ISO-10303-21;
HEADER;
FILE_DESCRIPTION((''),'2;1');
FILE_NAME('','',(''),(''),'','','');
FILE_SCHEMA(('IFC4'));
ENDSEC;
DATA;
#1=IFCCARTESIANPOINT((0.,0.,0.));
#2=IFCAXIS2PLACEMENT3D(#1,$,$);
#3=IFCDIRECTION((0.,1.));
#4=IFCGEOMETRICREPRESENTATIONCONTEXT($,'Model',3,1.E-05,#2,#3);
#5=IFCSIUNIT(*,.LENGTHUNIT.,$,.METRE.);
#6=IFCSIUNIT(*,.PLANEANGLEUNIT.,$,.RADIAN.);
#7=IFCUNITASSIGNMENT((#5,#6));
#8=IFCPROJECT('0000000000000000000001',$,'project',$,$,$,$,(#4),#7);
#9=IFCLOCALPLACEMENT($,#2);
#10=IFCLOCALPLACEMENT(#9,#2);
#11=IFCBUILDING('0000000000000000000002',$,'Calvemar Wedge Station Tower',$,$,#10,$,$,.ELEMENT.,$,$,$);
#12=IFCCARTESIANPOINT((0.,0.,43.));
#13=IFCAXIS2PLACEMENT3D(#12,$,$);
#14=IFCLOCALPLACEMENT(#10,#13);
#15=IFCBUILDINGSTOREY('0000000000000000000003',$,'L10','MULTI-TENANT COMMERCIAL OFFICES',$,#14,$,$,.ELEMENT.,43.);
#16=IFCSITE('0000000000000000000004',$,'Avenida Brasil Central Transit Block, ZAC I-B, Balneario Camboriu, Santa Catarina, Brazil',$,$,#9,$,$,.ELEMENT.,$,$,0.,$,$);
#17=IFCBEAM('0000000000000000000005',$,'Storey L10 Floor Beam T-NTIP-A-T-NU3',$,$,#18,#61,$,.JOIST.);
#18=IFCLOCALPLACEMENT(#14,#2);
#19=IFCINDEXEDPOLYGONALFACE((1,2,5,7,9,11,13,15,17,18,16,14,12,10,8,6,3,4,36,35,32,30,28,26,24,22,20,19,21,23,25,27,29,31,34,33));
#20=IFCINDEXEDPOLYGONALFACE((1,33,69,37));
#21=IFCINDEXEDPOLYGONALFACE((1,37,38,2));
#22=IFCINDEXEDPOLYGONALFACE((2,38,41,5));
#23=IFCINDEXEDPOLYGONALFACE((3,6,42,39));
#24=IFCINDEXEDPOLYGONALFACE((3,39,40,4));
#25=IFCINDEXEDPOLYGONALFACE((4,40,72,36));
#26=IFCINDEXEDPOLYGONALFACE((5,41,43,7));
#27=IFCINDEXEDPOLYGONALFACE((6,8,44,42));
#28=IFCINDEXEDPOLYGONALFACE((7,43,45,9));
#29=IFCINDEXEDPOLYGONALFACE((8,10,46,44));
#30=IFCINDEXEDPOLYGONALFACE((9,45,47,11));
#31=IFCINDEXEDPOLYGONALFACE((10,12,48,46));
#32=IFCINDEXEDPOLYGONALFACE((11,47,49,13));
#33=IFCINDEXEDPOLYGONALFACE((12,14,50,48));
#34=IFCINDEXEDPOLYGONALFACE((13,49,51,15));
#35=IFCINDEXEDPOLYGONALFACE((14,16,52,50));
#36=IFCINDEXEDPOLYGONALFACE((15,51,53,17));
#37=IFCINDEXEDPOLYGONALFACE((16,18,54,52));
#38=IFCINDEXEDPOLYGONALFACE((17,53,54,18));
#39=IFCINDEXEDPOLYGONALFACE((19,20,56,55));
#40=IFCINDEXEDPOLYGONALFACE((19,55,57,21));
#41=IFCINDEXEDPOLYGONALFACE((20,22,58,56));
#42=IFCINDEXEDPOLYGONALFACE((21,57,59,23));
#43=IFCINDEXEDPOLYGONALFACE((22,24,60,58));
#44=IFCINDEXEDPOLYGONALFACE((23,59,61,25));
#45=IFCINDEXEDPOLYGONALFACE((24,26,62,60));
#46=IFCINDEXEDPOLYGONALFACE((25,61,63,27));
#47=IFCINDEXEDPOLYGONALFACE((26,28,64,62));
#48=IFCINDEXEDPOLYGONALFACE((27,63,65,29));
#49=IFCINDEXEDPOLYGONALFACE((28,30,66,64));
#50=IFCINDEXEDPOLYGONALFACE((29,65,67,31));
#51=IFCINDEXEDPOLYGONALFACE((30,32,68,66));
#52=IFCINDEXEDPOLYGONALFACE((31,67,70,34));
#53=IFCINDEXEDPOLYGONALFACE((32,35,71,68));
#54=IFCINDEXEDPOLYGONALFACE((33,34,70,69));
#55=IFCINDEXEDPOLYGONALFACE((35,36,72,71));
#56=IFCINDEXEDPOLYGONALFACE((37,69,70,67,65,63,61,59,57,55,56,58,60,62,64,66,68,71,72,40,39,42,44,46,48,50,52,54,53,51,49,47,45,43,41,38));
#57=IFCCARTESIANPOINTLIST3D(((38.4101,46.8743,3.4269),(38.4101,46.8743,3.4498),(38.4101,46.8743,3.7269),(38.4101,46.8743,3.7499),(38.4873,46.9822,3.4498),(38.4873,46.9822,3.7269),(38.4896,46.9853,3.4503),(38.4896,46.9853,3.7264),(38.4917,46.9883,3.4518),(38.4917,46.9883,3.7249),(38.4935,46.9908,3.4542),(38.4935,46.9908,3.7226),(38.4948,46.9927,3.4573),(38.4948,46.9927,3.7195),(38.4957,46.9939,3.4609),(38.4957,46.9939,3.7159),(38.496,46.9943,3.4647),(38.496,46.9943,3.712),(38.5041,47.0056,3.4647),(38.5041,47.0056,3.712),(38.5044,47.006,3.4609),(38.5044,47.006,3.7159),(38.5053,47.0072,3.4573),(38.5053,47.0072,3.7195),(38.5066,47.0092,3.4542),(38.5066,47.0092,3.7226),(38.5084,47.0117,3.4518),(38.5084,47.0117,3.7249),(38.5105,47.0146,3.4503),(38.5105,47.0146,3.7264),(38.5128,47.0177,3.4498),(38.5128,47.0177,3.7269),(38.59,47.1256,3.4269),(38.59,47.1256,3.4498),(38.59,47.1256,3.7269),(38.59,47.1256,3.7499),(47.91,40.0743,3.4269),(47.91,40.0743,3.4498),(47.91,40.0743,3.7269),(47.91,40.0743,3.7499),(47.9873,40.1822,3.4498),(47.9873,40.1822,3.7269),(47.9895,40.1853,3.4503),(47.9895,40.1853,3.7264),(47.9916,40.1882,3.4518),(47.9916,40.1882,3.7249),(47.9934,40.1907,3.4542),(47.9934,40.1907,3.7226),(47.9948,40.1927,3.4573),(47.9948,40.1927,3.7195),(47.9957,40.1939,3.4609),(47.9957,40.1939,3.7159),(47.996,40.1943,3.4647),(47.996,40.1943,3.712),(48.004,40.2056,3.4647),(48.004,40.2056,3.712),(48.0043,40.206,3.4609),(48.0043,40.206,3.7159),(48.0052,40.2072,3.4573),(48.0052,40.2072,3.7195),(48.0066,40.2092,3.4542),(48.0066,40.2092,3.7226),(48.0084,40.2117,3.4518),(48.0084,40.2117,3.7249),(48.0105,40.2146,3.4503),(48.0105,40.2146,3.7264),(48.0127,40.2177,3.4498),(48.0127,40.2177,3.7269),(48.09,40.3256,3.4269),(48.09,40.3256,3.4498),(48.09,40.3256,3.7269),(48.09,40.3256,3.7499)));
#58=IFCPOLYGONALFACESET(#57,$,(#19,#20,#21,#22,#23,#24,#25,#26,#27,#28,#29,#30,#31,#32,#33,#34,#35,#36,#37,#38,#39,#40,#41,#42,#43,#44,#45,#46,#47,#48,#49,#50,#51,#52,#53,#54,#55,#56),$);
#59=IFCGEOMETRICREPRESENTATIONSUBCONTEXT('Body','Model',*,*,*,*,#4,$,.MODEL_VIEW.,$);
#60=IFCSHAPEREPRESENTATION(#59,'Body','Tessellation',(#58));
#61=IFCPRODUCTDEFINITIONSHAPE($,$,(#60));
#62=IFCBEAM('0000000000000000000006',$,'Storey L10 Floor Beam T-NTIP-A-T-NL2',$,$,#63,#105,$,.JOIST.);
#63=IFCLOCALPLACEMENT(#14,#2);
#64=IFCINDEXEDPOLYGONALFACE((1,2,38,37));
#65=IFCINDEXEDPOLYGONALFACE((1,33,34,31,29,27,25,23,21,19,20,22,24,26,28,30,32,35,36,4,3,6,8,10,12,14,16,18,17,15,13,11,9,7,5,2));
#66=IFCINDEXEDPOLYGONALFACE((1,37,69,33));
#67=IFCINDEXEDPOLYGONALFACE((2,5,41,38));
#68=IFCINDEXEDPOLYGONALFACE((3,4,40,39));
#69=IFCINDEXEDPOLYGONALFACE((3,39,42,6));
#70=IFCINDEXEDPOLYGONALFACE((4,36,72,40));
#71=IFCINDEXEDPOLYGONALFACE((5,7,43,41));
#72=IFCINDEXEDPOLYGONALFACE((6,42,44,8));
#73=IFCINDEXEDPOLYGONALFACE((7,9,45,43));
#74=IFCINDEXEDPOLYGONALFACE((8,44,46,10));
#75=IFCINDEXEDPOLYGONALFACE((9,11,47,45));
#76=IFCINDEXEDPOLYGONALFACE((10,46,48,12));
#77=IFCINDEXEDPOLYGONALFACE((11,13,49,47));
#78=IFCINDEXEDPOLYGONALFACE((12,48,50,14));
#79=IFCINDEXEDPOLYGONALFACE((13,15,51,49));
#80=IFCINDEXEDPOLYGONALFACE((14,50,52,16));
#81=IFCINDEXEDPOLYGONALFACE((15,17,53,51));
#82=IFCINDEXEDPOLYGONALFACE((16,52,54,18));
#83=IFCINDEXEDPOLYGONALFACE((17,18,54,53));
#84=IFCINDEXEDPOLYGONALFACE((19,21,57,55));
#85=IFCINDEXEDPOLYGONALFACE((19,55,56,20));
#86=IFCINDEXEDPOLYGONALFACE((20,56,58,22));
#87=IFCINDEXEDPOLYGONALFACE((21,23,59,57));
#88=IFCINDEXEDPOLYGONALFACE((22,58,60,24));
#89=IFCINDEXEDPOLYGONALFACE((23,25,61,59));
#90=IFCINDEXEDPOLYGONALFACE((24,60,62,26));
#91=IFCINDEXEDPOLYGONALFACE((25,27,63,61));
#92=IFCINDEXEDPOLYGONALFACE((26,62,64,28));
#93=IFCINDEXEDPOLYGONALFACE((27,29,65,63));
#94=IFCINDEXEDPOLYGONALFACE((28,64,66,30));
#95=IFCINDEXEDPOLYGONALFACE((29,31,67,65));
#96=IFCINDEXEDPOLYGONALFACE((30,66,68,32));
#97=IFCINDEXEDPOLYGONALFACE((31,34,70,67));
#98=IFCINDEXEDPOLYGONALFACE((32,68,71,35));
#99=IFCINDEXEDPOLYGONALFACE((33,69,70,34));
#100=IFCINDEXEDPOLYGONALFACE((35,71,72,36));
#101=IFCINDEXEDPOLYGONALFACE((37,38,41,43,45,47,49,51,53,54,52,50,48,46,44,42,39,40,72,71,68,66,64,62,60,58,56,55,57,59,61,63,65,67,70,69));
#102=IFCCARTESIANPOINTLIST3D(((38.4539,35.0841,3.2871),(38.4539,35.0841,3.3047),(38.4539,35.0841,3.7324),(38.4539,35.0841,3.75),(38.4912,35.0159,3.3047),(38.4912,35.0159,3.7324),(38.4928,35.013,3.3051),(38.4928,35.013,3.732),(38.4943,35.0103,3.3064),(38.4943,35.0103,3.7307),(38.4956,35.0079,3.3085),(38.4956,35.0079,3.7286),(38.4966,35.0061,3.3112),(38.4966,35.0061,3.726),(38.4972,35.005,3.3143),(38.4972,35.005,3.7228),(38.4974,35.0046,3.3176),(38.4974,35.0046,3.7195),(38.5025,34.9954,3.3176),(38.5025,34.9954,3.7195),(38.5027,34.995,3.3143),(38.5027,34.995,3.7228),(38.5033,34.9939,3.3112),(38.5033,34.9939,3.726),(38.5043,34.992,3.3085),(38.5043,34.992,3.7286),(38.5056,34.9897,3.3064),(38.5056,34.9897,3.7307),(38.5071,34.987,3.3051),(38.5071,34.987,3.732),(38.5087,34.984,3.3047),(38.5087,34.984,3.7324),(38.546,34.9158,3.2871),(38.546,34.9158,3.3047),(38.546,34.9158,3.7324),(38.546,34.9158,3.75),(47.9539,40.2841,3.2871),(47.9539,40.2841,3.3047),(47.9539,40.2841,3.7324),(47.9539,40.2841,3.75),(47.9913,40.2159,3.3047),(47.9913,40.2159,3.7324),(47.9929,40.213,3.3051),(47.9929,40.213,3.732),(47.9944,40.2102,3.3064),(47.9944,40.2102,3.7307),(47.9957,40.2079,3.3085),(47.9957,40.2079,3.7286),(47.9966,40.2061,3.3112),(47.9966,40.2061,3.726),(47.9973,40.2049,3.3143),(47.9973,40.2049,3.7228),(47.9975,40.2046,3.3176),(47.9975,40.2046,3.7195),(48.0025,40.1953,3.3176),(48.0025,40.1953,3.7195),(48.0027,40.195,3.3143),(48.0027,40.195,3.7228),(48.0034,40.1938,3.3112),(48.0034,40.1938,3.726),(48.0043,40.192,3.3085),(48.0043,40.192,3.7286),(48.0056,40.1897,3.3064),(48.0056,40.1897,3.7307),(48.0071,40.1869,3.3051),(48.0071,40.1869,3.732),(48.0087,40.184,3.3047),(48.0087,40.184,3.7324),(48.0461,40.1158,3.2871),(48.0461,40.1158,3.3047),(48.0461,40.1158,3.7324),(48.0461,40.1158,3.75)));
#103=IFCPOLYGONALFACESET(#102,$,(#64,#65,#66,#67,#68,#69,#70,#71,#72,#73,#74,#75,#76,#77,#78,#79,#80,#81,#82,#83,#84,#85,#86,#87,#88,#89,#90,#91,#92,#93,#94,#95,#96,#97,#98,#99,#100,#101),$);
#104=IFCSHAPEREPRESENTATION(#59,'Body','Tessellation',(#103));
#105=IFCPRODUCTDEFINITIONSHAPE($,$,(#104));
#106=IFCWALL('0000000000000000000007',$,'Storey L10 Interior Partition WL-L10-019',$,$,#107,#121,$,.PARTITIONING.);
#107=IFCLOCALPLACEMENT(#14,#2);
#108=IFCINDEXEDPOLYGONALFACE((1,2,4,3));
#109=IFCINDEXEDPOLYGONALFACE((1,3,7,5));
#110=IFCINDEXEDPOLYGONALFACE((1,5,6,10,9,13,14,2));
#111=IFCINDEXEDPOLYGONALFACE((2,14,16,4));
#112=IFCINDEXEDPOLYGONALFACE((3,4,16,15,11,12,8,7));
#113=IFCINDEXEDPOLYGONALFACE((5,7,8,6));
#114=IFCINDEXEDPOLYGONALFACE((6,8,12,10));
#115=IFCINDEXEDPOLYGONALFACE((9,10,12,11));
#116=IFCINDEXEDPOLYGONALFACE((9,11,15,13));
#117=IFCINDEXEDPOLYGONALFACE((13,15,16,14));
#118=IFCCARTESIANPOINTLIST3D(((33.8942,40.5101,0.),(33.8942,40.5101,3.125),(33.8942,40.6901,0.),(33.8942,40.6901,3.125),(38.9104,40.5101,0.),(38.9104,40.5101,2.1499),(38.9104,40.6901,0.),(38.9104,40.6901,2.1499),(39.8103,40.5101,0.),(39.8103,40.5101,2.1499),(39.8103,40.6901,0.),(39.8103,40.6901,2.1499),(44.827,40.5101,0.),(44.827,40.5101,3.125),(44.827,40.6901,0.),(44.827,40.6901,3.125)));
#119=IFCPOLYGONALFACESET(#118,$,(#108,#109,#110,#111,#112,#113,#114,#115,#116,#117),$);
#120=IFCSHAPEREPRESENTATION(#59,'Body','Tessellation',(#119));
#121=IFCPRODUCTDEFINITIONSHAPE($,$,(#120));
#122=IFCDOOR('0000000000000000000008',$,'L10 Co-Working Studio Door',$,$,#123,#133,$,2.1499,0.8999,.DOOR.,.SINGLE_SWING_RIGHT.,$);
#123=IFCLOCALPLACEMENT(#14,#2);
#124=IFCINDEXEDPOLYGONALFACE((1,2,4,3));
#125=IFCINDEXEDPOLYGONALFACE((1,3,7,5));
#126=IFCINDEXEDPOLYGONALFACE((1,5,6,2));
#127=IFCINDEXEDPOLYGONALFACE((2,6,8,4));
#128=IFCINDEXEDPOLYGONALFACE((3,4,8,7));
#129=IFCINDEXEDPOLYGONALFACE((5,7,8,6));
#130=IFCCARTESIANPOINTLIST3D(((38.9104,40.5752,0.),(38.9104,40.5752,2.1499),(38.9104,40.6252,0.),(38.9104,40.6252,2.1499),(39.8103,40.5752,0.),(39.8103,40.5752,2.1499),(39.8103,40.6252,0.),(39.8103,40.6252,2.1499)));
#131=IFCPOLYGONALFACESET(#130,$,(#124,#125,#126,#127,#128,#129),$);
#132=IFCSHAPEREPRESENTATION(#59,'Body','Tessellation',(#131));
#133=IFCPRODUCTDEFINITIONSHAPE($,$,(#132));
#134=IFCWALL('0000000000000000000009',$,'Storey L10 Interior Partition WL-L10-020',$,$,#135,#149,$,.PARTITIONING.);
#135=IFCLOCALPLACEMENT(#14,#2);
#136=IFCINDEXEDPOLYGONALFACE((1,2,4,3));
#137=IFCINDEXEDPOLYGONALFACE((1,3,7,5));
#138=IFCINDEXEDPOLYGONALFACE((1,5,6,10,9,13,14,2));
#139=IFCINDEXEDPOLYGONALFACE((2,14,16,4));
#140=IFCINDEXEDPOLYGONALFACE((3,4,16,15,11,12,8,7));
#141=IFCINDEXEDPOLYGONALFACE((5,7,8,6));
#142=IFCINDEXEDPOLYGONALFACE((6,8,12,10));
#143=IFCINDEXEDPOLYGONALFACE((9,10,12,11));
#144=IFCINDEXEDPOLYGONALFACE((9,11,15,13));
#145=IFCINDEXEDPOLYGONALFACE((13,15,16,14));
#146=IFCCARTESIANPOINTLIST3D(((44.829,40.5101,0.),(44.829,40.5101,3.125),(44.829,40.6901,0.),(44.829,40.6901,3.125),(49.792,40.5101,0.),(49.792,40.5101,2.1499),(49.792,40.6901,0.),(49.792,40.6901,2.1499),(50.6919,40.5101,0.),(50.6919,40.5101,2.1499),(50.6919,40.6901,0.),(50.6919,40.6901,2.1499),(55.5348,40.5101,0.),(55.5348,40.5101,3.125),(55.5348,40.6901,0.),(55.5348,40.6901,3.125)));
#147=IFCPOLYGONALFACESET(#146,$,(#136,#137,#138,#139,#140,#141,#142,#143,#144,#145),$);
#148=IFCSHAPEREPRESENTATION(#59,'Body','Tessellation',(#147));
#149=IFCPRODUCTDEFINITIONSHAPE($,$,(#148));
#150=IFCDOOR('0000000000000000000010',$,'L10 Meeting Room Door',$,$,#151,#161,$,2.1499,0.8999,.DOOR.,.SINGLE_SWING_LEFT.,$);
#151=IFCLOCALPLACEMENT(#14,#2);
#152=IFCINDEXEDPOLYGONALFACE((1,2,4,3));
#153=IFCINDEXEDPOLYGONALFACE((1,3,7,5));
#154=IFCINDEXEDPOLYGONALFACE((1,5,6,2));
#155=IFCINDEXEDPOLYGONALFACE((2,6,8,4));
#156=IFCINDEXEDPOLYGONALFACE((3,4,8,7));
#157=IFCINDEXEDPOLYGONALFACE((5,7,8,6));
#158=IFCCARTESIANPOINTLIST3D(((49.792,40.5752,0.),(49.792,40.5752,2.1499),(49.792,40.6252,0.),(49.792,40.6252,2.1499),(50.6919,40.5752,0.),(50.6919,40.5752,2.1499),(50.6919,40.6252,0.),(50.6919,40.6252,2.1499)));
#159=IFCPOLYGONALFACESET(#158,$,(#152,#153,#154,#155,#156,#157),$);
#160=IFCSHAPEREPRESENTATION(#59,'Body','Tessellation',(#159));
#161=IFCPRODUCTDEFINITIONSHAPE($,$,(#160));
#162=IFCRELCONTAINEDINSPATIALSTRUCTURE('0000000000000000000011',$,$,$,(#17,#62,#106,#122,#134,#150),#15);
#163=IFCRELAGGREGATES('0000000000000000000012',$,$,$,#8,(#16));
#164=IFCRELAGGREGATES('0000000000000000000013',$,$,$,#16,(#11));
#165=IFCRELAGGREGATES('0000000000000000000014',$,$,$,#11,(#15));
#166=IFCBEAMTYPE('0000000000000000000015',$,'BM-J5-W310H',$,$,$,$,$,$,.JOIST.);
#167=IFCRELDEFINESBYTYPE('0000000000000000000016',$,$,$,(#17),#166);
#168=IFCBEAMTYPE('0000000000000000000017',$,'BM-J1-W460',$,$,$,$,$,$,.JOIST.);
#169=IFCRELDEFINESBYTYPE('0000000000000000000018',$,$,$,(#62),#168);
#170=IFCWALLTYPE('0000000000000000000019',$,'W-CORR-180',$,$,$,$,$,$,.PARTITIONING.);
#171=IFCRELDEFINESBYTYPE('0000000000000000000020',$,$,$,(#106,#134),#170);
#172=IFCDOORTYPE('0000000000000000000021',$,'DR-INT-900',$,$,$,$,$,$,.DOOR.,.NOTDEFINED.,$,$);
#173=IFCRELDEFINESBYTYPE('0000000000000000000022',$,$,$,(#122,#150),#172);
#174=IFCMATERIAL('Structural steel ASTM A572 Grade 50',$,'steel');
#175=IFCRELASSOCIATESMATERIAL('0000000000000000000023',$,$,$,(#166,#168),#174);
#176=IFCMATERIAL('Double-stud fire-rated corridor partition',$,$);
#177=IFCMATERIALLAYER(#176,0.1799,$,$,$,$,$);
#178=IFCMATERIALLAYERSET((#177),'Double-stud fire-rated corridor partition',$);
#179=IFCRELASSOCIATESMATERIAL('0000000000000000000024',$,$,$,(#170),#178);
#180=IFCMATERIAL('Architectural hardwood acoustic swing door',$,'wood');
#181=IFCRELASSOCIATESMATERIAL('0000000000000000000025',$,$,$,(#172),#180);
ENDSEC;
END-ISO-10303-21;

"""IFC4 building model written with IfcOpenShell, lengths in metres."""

from ifc_helpers import new_model, si_unit, direction, frame, frame_2d, origin, origin_2d, place, context, subcontext, project, spatial, rectangle, i_section, extrude, source, transform, mapped, material, layer, layer_set, material_profile, profile_set, type_object, element, fill, save


model = new_model("IFC4")

# Units and contexts
model_context = context("Model", 3, precision=1e-05, world=origin(), true_north=direction((0.0, 1.0)))
body_context = subcontext(model_context, "Body", "Model", "MODEL_VIEW")
ifc_project = project(units=[si_unit("LENGTHUNIT", "METRE"), si_unit("PLANEANGLEUNIT", "RADIAN")], contexts=[model_context])

# Site, building, storey
site_placement = place(None, origin())
site = spatial("IfcSite", under=ifc_project, at=site_placement, Name="Avenida Brasil Central Transit Block, ZAC I-B, Balneario Camboriu, Santa Catarina, Brazil", CompositionType="ELEMENT", RefElevation=0.0)
building_placement = place(site_placement, origin())
building = spatial("IfcBuilding", under=site, at=building_placement, Name="Calvemar Wedge Station Tower", CompositionType="ELEMENT")
storey_placement = place(building_placement, frame((0.0, 0.0, 43.0)))
storey = spatial("IfcBuildingStorey", under=building, at=storey_placement, Name="L10", Description="MULTI-TENANT COMMERCIAL OFFICES", CompositionType="ELEMENT", Elevation=43.0)

# Shared definitions
ifc_material_1 = material(Name="Structural steel ASTM A572 Grade 50", Category="steel")

# Beams
ifc_material_profile_1 = material_profile(ifc_material_1, i_section(OverallWidth=0.3091, OverallDepth=0.323, WebThickness=0.0139, FlangeThickness=0.0229, FilletRadius=0.0149, at=origin_2d()), Name="W310x143")
ifc_profile_set_1 = profile_set([ifc_material_profile_1], Name="Structural steel ASTM A572 Grade 50")
beam_type_1 = type_object("IfcBeamType", Name="BM-J5-W310H", PredefinedType="JOIST", material=ifc_profile_set_1)
shared_shape_1 = source(origin(), body_context, "Body", "SweptSolid", [
    extrude(i_section(OverallWidth=0.3091, OverallDepth=0.323, WebThickness=0.0139, FlangeThickness=0.0229, FilletRadius=0.0149, at=origin_2d()), origin(), (0.0, 0.0, 1.0), 11.6829),
])
beam_1_placement = place(storey_placement, frame((48.0, 40.2, 3.5884), z_axis=(-0.813153, 0.58205, 0.0), x_axis=(-0.58205, -0.813153, 0.0)))
element("IfcBeam", 1, at=beam_1_placement, inside=storey, type_object=beam_type_1, Name="Storey L10 Floor Beam T-NTIP-A-T-NU3", PredefinedType="JOIST", context=body_context, shape_type="MappedRepresentation", body=[
    mapped(shared_shape_1, transform((0.0, 0.0, 0.0), scale=1.0)),
])
ifc_material_profile_2 = material_profile(ifc_material_1, i_section(OverallWidth=0.1919, OverallDepth=0.4629, WebThickness=0.0105, FlangeThickness=0.0176, FilletRadius=0.0129, at=origin_2d()), Name="W460x89")
ifc_profile_set_2 = profile_set([ifc_material_profile_2], Name="Structural steel ASTM A572 Grade 50")
beam_type_2 = type_object("IfcBeamType", Name="BM-J1-W460", PredefinedType="JOIST", material=ifc_profile_set_2)
shared_shape_2 = source(origin(), body_context, "Body", "SweptSolid", [
    extrude(i_section(OverallWidth=0.1919, OverallDepth=0.4629, WebThickness=0.0105, FlangeThickness=0.0176, FilletRadius=0.0129, at=origin_2d()), origin(), (0.0, 0.0, 1.0), 10.8301),
])
beam_2_placement = place(storey_placement, frame((48.0, 40.2, 3.5186), z_axis=(-0.877191, -0.480142, 0.0), x_axis=(0.480142, -0.877191, 0.0)))
element("IfcBeam", 2, at=beam_2_placement, inside=storey, type_object=beam_type_2, Name="Storey L10 Floor Beam T-NTIP-A-T-NL2", PredefinedType="JOIST", context=body_context, shape_type="MappedRepresentation", body=[
    mapped(shared_shape_2, transform((0.0, 0.0, 0.0), scale=1.0)),
])

# Walls, openings, doors
ifc_material_2 = material(Name="Double-stud fire-rated corridor partition")
ifc_layer_1 = layer(ifc_material_2, 0.1799)
ifc_layer_set_1 = layer_set([ifc_layer_1], Name="Double-stud fire-rated corridor partition")
wall_type_1 = type_object("IfcWallType", Name="W-CORR-180", PredefinedType="PARTITIONING", material=ifc_layer_set_1)
wall_1_placement = place(storey_placement, frame((44.8269, 40.6001, 0.0), z_axis=(0.0, 0.0, 1.0), x_axis=(-1.0, 0.0, 0.0)))
wall_1 = element("IfcWall", 3, at=wall_1_placement, inside=storey, type_object=wall_type_1, Name="Storey L10 Interior Partition WL-L10-019", PredefinedType="PARTITIONING", context=body_context, shape_type="SweptSolid", body=[
    extrude(rectangle(XDim=10.9329, YDim=0.1799, at=frame_2d((5.4663, 0.0))), origin(), (0.0, 0.0, 1.0), 3.125),
])
shared_shape_3 = source(origin(), body_context, "Body", "SweptSolid", [
    extrude(rectangle(XDim=0.8999, YDim=2.1499, at=frame_2d((0.45, 1.075))), frame((0.0, 0.1001, 0.0), z_axis=(0.0, -1.0, 0.0), x_axis=(1.0, 0.0, 0.0)), (0.0, 0.0, 1.0), 0.2),
])
opening_1_placement = place(wall_1_placement, frame((5.0166, 0.0, 0.0)))
opening_1 = element("IfcOpeningElement", 4, at=opening_1_placement, cuts=wall_1, PredefinedType="OPENING", context=body_context, shape_type="MappedRepresentation", body=[
    mapped(shared_shape_3, transform((0.0, 0.0, 0.0), scale=1.0)),
])
ifc_material_3 = material(Name="Architectural hardwood acoustic swing door", Category="wood")
door_type = type_object("IfcDoorType", Name="DR-INT-900", OperationType="NOTDEFINED", PredefinedType="DOOR", material=ifc_material_3)
shared_shape_4 = source(origin(), body_context, "Body", "SweptSolid", [
    extrude(rectangle(XDim=0.8999, YDim=2.1499, at=frame_2d((0.45, 1.075))), frame((0.0, 0.0249, 0.0), z_axis=(0.0, -1.0, 0.0), x_axis=(1.0, 0.0, 0.0)), (0.0, 0.0, 1.0), 0.05),
])
door_1_placement = place(opening_1_placement, origin())
door_1 = element("IfcDoor", 5, at=door_1_placement, inside=storey, type_object=door_type, Name="L10 Co-Working Studio Door", OperationType="SINGLE_SWING_RIGHT", OverallHeight=2.1499, OverallWidth=0.8999, PredefinedType="DOOR", context=body_context, shape_type="MappedRepresentation", body=[
    mapped(shared_shape_4, transform((0.0, 0.0, 0.0), scale=1.0)),
])
fill(opening_1, door_1)
wall_2_placement = place(storey_placement, frame((55.5349, 40.6001, 0.0), z_axis=(0.0, 0.0, 1.0), x_axis=(-1.0, 0.0, 0.0)))
wall_2 = element("IfcWall", 6, at=wall_2_placement, inside=storey, type_object=wall_type_1, Name="Storey L10 Interior Partition WL-L10-020", PredefinedType="PARTITIONING", context=body_context, shape_type="SweptSolid", body=[
    extrude(rectangle(XDim=10.7058, YDim=0.1799, at=frame_2d((5.353, 0.0))), origin(), (0.0, 0.0, 1.0), 3.125),
])
opening_2_placement = place(wall_2_placement, frame((4.843, 0.0, 0.0)))
opening_2 = element("IfcOpeningElement", 7, at=opening_2_placement, cuts=wall_2, PredefinedType="OPENING", context=body_context, shape_type="MappedRepresentation", body=[
    mapped(shared_shape_3, transform((0.0, 0.0, 0.0), scale=1.0)),
])
door_2_placement = place(opening_2_placement, origin())
door_2 = element("IfcDoor", 8, at=door_2_placement, inside=storey, type_object=door_type, Name="L10 Meeting Room Door", OperationType="SINGLE_SWING_LEFT", OverallHeight=2.1499, OverallWidth=0.8999, PredefinedType="DOOR", context=body_context, shape_type="MappedRepresentation", body=[
    mapped(shared_shape_4, transform((0.0, 0.0, 0.0), scale=1.0)),
])
fill(opening_2, door_2)

save(model, "model.ifc")
